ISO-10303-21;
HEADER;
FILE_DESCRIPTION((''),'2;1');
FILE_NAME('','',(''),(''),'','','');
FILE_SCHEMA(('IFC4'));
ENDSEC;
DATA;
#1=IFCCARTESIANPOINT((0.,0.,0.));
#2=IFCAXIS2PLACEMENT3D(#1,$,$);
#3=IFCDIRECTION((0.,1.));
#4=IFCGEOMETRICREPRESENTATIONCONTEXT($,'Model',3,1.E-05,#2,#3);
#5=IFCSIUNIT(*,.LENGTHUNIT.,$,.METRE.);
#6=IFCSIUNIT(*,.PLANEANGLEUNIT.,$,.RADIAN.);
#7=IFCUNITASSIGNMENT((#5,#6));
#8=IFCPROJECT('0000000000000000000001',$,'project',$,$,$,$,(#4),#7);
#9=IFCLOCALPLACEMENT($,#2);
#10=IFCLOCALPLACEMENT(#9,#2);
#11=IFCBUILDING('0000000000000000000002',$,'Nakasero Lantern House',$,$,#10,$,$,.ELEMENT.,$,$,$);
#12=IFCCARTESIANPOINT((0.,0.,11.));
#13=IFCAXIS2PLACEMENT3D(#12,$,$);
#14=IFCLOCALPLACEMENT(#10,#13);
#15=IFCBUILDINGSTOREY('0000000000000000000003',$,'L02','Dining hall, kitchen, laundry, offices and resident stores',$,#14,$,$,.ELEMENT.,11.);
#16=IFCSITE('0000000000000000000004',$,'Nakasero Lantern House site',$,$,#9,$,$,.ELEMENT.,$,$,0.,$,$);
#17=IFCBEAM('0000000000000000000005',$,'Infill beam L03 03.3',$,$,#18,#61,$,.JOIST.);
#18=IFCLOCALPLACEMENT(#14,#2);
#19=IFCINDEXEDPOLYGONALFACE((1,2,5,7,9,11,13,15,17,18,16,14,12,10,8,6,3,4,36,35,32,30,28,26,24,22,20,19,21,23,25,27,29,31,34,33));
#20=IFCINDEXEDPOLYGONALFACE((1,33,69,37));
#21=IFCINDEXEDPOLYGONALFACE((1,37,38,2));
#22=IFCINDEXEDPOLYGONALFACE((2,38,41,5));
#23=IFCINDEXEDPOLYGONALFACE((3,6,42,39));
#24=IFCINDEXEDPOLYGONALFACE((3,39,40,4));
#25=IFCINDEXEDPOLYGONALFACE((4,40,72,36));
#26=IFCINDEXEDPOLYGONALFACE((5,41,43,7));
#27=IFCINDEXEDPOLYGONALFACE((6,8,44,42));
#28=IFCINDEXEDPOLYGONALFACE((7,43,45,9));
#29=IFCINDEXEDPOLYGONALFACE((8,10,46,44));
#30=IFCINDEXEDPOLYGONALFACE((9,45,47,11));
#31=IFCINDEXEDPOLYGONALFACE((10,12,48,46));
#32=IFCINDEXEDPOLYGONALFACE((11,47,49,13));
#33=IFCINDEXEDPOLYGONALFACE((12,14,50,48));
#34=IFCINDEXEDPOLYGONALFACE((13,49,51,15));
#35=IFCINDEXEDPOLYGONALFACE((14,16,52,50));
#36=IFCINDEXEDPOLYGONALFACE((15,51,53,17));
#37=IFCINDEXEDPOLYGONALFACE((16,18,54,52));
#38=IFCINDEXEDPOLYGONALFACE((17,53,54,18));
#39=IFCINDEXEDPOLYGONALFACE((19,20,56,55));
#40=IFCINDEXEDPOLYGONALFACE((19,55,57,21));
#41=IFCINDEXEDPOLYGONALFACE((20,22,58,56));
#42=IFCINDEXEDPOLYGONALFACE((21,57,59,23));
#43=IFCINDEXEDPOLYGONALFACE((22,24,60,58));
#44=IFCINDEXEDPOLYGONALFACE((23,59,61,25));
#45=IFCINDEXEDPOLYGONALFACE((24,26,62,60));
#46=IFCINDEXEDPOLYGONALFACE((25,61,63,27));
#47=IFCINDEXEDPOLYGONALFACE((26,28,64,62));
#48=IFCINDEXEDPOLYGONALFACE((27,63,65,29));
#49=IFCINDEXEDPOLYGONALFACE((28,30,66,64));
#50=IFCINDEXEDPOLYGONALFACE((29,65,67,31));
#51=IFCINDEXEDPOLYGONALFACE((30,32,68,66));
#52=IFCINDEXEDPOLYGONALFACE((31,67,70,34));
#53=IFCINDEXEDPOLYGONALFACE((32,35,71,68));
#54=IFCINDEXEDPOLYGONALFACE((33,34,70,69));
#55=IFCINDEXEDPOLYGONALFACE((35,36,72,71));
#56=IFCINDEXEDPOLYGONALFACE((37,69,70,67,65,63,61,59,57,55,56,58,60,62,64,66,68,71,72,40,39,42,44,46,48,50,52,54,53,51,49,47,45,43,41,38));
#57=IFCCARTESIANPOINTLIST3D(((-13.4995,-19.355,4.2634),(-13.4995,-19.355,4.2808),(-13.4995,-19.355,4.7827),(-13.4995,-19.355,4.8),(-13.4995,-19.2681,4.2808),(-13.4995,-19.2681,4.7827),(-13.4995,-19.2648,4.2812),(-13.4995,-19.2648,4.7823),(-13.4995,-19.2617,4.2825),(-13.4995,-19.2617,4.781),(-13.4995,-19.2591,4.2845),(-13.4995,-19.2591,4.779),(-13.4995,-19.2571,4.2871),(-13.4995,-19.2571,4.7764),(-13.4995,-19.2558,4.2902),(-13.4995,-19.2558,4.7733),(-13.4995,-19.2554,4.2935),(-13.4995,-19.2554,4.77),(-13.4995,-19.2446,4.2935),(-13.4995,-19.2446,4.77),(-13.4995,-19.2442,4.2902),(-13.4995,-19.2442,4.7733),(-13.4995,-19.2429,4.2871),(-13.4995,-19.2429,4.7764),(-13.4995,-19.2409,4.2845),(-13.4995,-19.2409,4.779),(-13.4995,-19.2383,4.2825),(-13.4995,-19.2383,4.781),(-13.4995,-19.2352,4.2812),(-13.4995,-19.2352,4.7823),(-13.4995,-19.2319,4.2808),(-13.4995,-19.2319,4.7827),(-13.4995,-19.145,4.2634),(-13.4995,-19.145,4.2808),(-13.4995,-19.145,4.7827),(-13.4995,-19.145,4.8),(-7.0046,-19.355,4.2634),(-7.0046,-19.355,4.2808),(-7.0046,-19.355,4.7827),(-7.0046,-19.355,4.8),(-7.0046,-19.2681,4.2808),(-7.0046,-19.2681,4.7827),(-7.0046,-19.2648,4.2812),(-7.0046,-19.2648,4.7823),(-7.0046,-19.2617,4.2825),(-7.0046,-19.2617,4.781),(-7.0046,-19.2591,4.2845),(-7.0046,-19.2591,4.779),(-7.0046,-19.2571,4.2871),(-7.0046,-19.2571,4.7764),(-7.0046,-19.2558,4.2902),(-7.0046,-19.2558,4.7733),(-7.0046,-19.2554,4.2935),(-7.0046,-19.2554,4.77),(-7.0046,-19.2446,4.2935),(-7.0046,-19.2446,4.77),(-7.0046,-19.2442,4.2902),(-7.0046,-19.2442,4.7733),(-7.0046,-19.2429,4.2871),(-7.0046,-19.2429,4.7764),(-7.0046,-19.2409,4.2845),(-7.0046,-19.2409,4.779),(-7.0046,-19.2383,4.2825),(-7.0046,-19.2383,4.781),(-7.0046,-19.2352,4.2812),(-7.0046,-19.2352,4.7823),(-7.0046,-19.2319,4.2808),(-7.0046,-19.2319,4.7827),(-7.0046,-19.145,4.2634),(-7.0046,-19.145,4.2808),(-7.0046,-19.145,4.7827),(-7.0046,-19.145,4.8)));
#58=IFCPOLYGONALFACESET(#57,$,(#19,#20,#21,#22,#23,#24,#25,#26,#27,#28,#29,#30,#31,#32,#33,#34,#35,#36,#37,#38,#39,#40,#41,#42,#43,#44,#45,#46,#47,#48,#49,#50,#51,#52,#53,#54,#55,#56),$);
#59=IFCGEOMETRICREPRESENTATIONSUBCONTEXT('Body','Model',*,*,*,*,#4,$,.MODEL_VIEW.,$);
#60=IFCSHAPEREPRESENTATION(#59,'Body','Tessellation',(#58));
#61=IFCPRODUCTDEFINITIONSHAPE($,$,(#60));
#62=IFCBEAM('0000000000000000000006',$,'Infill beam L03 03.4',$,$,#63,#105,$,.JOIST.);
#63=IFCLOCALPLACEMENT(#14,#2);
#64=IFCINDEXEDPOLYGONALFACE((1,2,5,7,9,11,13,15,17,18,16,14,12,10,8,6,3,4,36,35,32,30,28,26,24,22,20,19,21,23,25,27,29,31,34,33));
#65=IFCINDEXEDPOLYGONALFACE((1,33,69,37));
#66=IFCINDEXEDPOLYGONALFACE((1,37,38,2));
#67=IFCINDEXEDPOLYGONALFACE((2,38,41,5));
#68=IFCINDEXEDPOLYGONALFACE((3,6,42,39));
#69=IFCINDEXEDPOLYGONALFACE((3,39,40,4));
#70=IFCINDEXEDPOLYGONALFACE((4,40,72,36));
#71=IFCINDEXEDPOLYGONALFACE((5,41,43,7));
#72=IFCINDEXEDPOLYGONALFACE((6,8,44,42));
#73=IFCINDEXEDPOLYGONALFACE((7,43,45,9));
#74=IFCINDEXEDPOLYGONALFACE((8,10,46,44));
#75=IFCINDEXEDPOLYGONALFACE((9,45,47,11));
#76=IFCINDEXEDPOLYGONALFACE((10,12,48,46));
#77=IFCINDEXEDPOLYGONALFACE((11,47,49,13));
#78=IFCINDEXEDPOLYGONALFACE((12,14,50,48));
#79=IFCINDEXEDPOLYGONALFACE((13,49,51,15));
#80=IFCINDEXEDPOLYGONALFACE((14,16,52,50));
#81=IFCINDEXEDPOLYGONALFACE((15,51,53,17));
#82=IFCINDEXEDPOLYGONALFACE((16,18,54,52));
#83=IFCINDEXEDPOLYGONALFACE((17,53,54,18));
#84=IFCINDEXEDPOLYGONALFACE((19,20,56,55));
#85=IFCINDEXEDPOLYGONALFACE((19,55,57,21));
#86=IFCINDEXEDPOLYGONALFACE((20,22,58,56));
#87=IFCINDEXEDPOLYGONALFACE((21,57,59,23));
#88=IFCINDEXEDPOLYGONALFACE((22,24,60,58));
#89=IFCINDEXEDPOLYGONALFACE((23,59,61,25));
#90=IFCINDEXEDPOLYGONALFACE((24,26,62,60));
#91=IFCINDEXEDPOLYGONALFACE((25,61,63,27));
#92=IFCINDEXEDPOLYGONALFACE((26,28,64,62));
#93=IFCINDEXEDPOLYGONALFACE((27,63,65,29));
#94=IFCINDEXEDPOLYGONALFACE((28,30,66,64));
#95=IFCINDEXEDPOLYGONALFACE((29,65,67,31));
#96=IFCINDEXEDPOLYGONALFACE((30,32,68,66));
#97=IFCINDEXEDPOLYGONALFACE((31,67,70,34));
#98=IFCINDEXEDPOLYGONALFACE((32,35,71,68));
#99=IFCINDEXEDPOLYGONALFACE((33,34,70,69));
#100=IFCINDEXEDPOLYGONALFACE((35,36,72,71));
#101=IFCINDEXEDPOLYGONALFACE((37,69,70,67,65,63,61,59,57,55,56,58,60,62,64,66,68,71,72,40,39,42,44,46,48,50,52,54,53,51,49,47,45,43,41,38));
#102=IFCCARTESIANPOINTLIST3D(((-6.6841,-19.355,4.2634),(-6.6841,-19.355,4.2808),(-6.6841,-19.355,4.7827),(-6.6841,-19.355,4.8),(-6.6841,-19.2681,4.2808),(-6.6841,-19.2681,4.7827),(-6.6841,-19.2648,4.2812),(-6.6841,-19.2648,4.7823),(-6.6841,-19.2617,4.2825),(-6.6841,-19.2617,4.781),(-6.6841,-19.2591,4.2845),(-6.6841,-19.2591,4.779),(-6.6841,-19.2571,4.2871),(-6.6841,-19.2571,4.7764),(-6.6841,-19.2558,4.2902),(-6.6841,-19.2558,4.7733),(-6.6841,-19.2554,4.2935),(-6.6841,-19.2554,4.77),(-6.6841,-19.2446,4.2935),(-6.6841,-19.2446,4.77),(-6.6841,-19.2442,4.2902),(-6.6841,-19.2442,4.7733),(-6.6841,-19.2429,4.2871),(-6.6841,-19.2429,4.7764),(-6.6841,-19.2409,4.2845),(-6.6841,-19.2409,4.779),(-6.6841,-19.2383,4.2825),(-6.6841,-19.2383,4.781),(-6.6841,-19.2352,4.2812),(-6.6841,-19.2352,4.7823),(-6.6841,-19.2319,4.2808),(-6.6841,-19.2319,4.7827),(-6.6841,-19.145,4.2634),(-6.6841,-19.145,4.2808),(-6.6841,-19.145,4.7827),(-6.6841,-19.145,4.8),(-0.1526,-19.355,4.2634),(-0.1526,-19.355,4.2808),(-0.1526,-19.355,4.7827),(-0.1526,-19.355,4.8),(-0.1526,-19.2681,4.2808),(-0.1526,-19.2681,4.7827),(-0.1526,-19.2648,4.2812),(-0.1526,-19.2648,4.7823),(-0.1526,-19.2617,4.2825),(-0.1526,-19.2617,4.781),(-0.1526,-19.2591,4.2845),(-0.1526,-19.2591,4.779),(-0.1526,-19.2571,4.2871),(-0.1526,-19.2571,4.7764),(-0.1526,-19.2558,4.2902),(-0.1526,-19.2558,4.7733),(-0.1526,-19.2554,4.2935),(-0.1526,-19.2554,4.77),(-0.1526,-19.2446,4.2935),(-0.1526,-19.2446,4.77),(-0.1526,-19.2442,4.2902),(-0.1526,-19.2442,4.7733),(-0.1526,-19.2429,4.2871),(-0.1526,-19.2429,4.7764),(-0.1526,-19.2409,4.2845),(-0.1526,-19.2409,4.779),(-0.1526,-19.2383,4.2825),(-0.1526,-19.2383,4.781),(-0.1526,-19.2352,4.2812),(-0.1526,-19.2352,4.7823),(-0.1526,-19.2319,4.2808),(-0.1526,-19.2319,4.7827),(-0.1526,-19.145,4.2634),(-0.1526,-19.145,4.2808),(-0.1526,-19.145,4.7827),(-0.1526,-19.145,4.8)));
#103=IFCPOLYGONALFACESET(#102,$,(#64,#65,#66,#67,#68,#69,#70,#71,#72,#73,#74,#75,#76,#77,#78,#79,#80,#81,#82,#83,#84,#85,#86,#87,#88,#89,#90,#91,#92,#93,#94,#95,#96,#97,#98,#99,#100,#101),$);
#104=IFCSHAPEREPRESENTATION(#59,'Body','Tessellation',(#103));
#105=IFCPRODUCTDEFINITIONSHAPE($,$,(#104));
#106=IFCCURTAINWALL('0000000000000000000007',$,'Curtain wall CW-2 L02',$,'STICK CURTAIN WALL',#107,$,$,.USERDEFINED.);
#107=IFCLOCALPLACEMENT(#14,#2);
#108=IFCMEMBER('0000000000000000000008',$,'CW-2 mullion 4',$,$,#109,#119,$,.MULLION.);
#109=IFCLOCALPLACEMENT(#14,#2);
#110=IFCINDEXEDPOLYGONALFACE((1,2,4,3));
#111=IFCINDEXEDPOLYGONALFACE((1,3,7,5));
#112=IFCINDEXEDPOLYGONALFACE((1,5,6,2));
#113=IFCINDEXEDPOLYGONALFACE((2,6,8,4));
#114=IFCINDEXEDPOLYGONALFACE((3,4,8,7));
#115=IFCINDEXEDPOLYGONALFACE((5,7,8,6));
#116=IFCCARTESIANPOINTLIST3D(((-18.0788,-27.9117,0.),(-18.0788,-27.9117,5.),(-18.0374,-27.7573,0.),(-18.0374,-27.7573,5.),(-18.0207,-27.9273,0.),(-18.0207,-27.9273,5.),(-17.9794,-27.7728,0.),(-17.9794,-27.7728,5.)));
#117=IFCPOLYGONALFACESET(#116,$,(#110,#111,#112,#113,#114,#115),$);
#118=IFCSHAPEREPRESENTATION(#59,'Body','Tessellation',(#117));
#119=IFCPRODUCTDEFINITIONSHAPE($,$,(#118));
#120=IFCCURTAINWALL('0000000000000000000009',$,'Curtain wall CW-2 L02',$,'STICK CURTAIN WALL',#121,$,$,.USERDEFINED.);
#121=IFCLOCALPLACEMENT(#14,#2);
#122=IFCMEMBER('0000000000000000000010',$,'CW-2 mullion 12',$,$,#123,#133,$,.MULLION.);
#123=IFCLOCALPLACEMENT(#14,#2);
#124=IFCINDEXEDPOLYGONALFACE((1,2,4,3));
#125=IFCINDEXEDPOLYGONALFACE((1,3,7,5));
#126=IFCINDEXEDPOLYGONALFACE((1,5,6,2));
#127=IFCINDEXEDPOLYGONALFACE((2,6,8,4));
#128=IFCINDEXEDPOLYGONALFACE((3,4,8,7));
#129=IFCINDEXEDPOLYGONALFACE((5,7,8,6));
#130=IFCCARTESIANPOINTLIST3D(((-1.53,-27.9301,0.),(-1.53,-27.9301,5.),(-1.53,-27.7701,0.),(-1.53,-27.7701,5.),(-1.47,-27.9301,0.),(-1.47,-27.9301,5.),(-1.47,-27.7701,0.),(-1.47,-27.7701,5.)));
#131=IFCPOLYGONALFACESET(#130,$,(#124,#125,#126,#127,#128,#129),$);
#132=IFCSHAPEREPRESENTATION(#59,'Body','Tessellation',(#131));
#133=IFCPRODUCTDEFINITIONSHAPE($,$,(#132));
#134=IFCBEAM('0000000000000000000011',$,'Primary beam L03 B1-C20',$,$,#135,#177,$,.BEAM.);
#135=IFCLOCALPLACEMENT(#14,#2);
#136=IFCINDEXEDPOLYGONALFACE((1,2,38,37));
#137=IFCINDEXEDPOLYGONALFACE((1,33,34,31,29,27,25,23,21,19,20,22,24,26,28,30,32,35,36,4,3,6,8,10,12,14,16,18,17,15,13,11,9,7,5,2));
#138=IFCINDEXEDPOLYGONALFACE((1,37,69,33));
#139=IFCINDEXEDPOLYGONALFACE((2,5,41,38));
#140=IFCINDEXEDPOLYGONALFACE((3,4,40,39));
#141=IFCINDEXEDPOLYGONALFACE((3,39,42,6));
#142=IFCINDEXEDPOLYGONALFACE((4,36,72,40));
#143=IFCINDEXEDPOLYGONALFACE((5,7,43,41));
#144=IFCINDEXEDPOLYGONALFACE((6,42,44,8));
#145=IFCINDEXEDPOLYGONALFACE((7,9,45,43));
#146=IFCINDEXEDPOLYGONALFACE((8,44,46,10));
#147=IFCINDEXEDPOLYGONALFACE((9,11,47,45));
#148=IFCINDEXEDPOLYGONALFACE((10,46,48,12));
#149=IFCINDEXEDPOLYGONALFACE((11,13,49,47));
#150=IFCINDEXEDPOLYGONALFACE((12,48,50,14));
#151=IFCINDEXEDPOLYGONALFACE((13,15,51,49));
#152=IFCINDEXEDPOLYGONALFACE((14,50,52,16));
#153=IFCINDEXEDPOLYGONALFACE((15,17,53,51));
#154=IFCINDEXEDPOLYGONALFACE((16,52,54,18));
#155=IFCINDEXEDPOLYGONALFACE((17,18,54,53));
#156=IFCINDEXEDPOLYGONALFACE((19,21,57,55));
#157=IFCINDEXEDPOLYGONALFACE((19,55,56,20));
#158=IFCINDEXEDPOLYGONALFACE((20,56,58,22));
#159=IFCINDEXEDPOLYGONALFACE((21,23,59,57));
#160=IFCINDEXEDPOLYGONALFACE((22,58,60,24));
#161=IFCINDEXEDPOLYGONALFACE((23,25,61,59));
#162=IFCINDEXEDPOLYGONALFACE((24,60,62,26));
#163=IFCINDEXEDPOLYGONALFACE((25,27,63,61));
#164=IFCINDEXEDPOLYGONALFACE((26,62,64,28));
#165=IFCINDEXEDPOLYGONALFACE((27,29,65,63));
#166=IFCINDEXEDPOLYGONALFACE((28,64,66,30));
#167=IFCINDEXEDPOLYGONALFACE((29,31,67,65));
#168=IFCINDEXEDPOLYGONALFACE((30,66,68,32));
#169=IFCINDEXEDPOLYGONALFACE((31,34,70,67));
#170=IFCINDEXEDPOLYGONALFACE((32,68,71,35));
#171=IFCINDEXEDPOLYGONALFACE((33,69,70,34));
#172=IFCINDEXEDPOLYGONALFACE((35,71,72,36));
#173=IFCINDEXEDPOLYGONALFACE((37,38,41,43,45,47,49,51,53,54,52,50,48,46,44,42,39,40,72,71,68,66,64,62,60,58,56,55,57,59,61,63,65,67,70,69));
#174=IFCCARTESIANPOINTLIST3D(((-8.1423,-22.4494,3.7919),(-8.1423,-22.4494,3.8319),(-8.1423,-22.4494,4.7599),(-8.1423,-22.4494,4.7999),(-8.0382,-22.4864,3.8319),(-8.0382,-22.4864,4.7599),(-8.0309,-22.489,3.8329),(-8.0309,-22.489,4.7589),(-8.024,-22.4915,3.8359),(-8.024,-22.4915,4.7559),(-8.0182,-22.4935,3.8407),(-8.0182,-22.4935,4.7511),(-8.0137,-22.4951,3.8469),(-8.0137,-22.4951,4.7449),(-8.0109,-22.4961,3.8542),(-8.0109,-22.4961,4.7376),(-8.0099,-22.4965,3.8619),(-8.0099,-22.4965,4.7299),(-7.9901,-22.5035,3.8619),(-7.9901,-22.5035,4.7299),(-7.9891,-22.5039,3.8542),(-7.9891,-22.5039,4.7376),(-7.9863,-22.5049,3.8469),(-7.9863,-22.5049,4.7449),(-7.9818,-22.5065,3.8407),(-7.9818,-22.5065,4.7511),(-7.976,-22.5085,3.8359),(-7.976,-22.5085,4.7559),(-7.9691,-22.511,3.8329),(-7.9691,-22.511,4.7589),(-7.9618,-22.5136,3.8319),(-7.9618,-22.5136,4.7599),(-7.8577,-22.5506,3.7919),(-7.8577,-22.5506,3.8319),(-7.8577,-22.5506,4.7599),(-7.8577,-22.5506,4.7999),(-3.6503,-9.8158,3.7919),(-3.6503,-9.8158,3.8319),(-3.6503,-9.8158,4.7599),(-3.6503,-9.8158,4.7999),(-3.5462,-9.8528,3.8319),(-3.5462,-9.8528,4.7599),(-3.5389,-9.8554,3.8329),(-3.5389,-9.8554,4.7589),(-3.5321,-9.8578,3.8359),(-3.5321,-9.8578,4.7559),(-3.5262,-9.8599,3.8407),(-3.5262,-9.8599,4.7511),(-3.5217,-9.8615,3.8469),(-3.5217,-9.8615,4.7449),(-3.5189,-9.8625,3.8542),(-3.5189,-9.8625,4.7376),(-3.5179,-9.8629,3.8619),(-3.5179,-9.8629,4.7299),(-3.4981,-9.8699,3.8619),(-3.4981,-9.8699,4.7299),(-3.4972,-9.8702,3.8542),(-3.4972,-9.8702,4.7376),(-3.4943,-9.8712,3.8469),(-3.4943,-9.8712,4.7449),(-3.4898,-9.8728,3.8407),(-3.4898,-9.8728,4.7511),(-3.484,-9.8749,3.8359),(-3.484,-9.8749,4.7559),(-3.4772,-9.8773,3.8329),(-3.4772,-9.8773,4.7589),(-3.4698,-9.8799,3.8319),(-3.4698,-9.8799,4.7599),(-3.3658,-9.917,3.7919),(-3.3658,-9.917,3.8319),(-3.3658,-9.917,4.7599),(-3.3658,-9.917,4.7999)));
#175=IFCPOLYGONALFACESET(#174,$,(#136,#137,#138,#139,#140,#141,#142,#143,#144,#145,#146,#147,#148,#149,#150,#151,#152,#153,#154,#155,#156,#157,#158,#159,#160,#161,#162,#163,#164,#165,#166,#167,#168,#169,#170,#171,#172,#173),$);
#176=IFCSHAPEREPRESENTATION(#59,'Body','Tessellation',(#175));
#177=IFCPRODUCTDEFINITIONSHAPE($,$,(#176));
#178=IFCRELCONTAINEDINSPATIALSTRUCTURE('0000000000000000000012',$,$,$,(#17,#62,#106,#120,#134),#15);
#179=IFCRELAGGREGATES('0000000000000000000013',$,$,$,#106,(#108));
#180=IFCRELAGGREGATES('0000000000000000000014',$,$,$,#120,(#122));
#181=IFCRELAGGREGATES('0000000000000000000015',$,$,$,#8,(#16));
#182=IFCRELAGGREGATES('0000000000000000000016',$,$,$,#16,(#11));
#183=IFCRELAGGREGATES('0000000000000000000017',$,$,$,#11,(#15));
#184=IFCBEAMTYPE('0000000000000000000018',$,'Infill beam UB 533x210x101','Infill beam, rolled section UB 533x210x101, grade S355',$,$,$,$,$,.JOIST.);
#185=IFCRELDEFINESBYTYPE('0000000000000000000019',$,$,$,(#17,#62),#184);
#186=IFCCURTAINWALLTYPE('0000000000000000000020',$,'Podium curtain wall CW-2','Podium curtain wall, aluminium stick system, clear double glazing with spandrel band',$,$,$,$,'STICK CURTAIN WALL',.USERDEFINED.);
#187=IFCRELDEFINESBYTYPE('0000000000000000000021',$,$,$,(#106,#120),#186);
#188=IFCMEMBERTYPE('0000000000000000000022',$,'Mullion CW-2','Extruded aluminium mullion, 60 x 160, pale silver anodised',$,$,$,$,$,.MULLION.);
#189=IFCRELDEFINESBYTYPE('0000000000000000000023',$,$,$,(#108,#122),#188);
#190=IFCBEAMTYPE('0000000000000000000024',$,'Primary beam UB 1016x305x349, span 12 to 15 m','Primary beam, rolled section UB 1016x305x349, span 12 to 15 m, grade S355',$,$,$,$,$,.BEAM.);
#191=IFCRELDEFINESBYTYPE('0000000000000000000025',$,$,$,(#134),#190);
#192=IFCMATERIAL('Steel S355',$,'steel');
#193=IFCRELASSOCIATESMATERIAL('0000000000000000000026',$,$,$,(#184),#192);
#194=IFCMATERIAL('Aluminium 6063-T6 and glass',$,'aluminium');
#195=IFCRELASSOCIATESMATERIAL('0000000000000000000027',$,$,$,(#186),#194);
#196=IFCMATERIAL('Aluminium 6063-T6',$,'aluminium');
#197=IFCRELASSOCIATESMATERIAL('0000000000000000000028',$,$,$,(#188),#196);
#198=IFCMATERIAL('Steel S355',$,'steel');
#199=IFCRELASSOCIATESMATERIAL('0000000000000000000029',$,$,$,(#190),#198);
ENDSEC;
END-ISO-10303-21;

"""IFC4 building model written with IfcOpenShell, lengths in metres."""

from ifc_helpers import new_model, si_unit, direction, frame, origin, origin_2d, place, context, subcontext, project, spatial, rectangle, i_section, extrude, material, material_profile, profile_set, type_object, element, aggregate, save


model = new_model("IFC4")

# Units and contexts
model_context = context("Model", 3, precision=1e-05, world=origin(), true_north=direction((0.0, 1.0)))
body_context = subcontext(model_context, "Body", "Model", "MODEL_VIEW")
ifc_project = project(units=[si_unit("LENGTHUNIT", "METRE"), si_unit("PLANEANGLEUNIT", "RADIAN")], contexts=[model_context])

# Site, building, storey
site_placement = place(None, origin())
site = spatial("IfcSite", under=ifc_project, at=site_placement, Name="Nakasero Lantern House site", CompositionType="ELEMENT", RefElevation=0.0)
building_placement = place(site_placement, origin())
building = spatial("IfcBuilding", under=site, at=building_placement, Name="Nakasero Lantern House", CompositionType="ELEMENT")
storey_placement = place(building_placement, frame((0.0, 0.0, 11.0)))
storey = spatial("IfcBuildingStorey", under=building, at=storey_placement, Name="L02", Description="Dining hall, kitchen, laundry, offices and resident stores", CompositionType="ELEMENT", Elevation=11.0)

# Beams
ifc_material_1 = material(Name="Steel S355", Category="steel")
ifc_material_profile_1 = material_profile(ifc_material_1, i_section(OverallWidth=0.21, OverallDepth=0.5366, WebThickness=0.0107, FlangeThickness=0.0173, FilletRadius=0.0127, at=origin_2d()), Name="UB 533x210x101")
ifc_profile_set_1 = profile_set([ifc_material_profile_1], Name="Steel S355")
beam_type_1 = type_object("IfcBeamType", Name="Infill beam UB 533x210x101", Description="Infill beam, rolled section UB 533x210x101, grade S355", PredefinedType="JOIST", material=ifc_profile_set_1)
beam_1_placement = place(storey_placement, frame((-13.4995, -19.25, 4.5317), z_axis=(1.0, 0.0, 0.0), x_axis=(0.0, 1.0, 0.0)))
element("IfcBeam", 1, at=beam_1_placement, inside=storey, type_object=beam_type_1, Name="Infill beam L03 03.3", PredefinedType="JOIST", context=body_context, shape_type="SweptSolid", body=[
    extrude(i_section(OverallWidth=0.21, OverallDepth=0.5366, WebThickness=0.0107, FlangeThickness=0.0173, FilletRadius=0.0127, at=origin_2d()), origin(), (0.0, 0.0, 1.0), 6.4949),
])
beam_2_placement = place(storey_placement, frame((-6.6841, -19.25, 4.5317), z_axis=(1.0, 0.0, 0.0), x_axis=(0.0, 1.0, 0.0)))
element("IfcBeam", 2, at=beam_2_placement, inside=storey, type_object=beam_type_1, Name="Infill beam L03 03.4", PredefinedType="JOIST", context=body_context, shape_type="SweptSolid", body=[
    extrude(i_section(OverallWidth=0.21, OverallDepth=0.5366, WebThickness=0.0107, FlangeThickness=0.0173, FilletRadius=0.0127, at=origin_2d()), origin(), (0.0, 0.0, 1.0), 6.5315),
])

# Curtain walls, members
ifc_material_2 = material(Name="Aluminium 6063-T6 and glass", Category="aluminium")
curtain_wall_type = type_object("IfcCurtainWallType", Name="Podium curtain wall CW-2", Description="Podium curtain wall, aluminium stick system, clear double glazing with spandrel band", ElementType="STICK CURTAIN WALL", PredefinedType="USERDEFINED", material=ifc_material_2)
curtain_wall_1_placement = place(storey_placement, origin())
curtain_wall_1 = element("IfcCurtainWall", 3, at=curtain_wall_1_placement, inside=storey, type_object=curtain_wall_type, Name="Curtain wall CW-2 L02", ObjectType="STICK CURTAIN WALL", PredefinedType="USERDEFINED")
ifc_material_3 = material(Name="Aluminium 6063-T6", Category="aluminium")
ifc_material_profile_2 = material_profile(ifc_material_3, rectangle(XDim=0.0601, YDim=0.1599, at=origin_2d()), Name="CW-2 mullion 60x160")
ifc_profile_set_2 = profile_set([ifc_material_profile_2], Name="Aluminium 6063-T6")
member_type_1 = type_object("IfcMemberType", Name="Mullion CW-2", Description="Extruded aluminium mullion, 60 x 160, pale silver anodised", PredefinedType="MULLION", material=ifc_profile_set_2)
member_1_placement = place(storey_placement, frame((-18.0291, -27.8423, 0.0), z_axis=(0.0, 0.0, 1.0), x_axis=(0.965926, -0.258819, 0.0)))
member_1 = element("IfcMember", 4, at=member_1_placement, type_object=member_type_1, Name="CW-2 mullion 4", PredefinedType="MULLION", context=body_context, shape_type="SweptSolid", body=[
    extrude(rectangle(XDim=0.0601, YDim=0.1599, at=origin_2d()), origin(), (0.0, 0.0, 1.0), 5.0),
])
curtain_wall_2_placement = place(storey_placement, origin())
curtain_wall_2 = element("IfcCurtainWall", 5, at=curtain_wall_2_placement, inside=storey, type_object=curtain_wall_type, Name="Curtain wall CW-2 L02", ObjectType="STICK CURTAIN WALL", PredefinedType="USERDEFINED")
member_2_placement = place(storey_placement, frame((-1.5, -27.8501, 0.0), z_axis=(0.0, 0.0, 1.0), x_axis=(1.0, 0.0, 0.0)))
member_2 = element("IfcMember", 6, at=member_2_placement, type_object=member_type_1, Name="CW-2 mullion 12", PredefinedType="MULLION", context=body_context, shape_type="SweptSolid", body=[
    extrude(rectangle(XDim=0.0601, YDim=0.1599, at=origin_2d()), origin(), (0.0, 0.0, 1.0), 5.0),
])

# Beam
ifc_material_4 = material(Name="Steel S355", Category="steel")
ifc_material_profile_3 = material_profile(ifc_material_4, i_section(OverallWidth=0.302, OverallDepth=1.0081, WebThickness=0.021, FlangeThickness=0.04, FilletRadius=0.03, at=origin_2d()), Name="UB 1016x305x349")
ifc_profile_set_3 = profile_set([ifc_material_profile_3], Name="Steel S355")
beam_type_2 = type_object("IfcBeamType", Name="Primary beam UB 1016x305x349, span 12 to 15 m", Description="Primary beam, rolled section UB 1016x305x349, span 12 to 15 m, grade S355", PredefinedType="BEAM", material=ifc_profile_set_3)
beam_3_placement = place(storey_placement, frame((-8.0, -22.5, 4.2959), z_axis=(0.335011, 0.942214, 0.0), x_axis=(-0.942214, 0.335011, 0.0)))
element("IfcBeam", 7, at=beam_3_placement, inside=storey, type_object=beam_type_2, Name="Primary beam L03 B1-C20", PredefinedType="BEAM", context=body_context, shape_type="SweptSolid", body=[
    extrude(i_section(OverallWidth=0.302, OverallDepth=1.0081, WebThickness=0.021, FlangeThickness=0.04, FilletRadius=0.03, at=origin_2d()), origin(), (0.0, 0.0, 1.0), 13.4084),
])

aggregate(curtain_wall_1, [member_1])
aggregate(curtain_wall_2, [member_2])

save(model, "model.ifc")
